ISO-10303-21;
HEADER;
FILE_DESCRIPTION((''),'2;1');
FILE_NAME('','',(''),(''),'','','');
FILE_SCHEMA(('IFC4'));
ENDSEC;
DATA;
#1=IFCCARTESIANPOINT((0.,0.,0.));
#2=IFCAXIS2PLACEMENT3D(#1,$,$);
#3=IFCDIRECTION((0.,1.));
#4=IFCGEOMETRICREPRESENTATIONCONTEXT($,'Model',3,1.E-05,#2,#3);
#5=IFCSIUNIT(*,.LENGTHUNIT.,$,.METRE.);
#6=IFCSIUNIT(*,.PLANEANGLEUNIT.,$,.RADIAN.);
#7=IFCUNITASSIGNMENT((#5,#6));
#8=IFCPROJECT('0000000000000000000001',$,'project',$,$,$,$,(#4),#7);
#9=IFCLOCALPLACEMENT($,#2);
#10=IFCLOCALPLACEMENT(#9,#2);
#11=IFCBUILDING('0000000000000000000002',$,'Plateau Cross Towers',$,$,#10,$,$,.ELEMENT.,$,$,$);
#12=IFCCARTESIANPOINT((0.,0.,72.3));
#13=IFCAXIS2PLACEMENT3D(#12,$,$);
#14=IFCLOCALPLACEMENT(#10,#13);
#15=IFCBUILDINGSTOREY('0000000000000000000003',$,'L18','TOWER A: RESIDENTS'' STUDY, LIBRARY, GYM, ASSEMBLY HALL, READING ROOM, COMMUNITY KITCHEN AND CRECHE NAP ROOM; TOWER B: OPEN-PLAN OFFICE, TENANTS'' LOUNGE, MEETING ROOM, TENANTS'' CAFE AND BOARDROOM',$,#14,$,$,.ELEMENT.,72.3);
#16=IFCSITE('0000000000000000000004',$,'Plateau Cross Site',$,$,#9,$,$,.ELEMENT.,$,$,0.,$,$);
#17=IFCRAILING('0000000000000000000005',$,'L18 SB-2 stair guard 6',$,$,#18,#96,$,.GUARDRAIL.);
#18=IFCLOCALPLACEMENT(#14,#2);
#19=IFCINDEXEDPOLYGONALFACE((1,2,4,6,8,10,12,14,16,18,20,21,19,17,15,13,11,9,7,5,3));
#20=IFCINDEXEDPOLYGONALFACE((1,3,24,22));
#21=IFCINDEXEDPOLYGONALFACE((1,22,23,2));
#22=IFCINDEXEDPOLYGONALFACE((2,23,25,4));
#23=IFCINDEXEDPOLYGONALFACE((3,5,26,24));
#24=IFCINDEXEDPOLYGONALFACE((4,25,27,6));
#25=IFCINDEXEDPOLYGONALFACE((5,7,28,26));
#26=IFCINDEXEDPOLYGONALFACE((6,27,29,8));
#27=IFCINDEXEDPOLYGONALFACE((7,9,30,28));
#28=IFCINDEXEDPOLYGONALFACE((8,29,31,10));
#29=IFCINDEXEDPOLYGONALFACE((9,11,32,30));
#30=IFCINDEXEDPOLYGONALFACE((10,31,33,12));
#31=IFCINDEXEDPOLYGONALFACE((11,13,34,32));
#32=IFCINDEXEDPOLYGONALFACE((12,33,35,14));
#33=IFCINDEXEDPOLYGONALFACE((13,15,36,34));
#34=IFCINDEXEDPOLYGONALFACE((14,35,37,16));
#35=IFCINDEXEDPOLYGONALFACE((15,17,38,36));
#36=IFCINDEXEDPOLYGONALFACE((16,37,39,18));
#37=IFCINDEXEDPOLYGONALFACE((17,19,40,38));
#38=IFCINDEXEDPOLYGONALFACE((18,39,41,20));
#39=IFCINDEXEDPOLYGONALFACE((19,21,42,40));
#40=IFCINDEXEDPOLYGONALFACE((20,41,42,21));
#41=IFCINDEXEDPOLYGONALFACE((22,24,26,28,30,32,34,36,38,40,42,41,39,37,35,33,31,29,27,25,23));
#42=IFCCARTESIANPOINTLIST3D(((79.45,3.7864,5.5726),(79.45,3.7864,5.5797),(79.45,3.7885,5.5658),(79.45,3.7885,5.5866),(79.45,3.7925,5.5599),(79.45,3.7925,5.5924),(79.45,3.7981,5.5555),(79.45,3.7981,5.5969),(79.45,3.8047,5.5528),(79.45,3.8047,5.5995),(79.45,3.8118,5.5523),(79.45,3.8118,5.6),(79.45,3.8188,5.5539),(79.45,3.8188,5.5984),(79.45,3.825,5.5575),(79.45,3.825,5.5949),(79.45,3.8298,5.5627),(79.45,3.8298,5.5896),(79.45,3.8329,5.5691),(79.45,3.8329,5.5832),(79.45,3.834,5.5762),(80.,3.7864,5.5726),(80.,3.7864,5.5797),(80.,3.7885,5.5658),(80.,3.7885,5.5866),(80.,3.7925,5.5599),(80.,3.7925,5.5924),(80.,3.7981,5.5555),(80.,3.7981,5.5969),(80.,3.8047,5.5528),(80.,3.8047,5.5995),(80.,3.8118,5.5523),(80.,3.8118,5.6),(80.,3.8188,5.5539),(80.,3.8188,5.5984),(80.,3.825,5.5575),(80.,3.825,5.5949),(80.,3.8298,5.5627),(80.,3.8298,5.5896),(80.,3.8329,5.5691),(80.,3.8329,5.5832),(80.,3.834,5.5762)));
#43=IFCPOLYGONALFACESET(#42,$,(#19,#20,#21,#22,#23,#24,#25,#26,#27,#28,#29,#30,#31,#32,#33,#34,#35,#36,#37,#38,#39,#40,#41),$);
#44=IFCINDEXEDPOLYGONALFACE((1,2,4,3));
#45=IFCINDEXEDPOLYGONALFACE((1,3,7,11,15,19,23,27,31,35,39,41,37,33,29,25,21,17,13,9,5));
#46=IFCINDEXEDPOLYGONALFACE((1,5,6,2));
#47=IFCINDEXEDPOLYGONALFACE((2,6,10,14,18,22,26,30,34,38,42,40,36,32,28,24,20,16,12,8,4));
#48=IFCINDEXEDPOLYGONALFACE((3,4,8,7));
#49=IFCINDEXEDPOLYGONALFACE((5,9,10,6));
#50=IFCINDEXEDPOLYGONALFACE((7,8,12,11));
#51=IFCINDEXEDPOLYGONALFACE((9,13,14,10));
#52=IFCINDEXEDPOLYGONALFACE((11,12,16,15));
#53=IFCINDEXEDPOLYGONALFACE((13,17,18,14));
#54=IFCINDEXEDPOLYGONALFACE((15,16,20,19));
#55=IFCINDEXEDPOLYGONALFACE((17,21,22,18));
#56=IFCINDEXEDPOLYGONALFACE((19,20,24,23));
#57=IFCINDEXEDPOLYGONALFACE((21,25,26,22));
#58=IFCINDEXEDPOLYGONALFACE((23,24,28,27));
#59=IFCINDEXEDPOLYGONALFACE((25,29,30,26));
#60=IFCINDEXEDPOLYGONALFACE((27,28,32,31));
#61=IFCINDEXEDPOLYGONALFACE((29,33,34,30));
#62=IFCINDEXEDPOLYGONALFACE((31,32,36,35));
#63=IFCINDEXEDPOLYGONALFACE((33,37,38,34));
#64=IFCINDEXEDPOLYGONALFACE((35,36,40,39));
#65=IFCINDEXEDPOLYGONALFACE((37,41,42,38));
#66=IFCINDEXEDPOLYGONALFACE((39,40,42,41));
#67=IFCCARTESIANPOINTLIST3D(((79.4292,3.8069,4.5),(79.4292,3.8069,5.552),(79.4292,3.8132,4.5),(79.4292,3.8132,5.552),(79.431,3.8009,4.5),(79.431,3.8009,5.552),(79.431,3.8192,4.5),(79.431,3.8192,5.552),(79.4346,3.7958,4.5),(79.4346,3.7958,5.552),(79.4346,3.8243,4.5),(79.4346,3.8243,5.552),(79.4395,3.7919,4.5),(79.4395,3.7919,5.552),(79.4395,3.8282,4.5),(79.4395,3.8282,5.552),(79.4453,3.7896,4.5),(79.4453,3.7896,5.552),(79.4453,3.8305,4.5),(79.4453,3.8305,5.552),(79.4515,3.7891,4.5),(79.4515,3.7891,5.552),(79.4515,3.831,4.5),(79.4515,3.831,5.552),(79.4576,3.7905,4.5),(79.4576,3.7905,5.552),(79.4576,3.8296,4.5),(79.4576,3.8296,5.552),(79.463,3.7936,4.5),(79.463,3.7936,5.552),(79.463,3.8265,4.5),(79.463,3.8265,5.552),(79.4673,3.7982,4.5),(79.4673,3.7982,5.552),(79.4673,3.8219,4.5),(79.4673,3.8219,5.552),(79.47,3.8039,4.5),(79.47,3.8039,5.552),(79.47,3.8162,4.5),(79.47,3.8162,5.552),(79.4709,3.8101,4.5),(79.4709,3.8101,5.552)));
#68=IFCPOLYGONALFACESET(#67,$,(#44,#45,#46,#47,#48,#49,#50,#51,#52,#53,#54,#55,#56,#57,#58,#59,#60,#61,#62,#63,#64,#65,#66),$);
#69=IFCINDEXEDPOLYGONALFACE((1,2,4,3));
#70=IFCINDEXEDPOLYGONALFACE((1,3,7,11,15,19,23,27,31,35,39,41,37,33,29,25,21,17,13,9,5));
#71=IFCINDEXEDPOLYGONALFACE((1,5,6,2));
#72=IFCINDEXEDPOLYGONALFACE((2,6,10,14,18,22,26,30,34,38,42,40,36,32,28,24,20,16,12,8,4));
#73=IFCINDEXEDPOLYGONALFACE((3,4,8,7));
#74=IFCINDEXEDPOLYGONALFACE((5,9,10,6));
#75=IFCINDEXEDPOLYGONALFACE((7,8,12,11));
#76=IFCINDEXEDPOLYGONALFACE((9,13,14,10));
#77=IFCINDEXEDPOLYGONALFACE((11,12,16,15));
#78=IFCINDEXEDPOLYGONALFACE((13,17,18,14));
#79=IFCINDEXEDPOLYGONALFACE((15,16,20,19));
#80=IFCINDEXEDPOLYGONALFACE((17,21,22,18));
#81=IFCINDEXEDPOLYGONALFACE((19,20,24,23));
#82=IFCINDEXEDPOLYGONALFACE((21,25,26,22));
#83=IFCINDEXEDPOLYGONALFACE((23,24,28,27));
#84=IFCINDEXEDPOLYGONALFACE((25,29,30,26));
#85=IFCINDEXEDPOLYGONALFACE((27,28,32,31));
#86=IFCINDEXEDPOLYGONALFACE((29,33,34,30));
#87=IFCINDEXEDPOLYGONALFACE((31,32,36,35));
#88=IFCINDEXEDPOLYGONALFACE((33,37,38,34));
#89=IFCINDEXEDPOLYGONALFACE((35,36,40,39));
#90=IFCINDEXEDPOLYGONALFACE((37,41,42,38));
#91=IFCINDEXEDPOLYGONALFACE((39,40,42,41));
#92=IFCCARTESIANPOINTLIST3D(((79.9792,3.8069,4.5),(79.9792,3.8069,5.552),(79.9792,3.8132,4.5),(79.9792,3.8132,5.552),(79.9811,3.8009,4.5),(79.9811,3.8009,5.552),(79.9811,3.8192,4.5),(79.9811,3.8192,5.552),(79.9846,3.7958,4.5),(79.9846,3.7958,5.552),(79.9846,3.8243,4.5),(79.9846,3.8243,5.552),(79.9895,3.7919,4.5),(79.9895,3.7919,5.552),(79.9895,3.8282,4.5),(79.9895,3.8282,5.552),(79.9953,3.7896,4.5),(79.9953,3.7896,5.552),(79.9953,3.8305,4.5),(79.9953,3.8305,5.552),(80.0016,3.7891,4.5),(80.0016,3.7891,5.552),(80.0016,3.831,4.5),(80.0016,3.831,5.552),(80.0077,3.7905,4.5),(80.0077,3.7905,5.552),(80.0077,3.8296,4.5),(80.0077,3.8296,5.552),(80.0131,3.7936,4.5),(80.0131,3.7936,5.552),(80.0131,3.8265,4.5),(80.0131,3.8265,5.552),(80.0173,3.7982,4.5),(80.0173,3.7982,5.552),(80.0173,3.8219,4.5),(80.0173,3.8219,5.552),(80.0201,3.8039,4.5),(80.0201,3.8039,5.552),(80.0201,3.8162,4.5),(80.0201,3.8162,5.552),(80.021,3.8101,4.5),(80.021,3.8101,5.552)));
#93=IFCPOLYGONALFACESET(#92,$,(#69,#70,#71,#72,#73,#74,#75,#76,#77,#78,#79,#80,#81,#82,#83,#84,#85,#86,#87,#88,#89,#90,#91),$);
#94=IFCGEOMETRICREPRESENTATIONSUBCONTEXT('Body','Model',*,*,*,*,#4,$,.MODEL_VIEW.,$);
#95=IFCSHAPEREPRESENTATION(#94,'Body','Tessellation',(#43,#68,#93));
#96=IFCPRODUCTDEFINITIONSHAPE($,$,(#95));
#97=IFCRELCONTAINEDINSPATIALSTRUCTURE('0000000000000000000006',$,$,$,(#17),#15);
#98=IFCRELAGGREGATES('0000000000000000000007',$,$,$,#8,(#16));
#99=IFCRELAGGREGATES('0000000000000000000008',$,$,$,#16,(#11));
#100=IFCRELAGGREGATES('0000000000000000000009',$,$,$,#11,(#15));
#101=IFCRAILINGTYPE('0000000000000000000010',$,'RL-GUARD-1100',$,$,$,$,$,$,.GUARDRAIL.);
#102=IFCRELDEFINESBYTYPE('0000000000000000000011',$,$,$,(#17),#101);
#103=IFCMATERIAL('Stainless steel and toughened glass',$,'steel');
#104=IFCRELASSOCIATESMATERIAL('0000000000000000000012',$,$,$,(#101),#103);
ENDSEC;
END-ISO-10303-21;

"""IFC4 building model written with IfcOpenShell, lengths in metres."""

from ifc_helpers import new_model, si_unit, direction, frame, origin, origin_2d, place, context, subcontext, project, spatial, circle, extrude, material, type_object, element, save


model = new_model("IFC4")

# Units and contexts
model_context = context("Model", 3, precision=1e-05, world=origin(), true_north=direction((0.0, 1.0)))
body_context = subcontext(model_context, "Body", "Model", "MODEL_VIEW")
ifc_project = project(units=[si_unit("LENGTHUNIT", "METRE"), si_unit("PLANEANGLEUNIT", "RADIAN")], contexts=[model_context])

# Site, building, storey
site_placement = place(None, origin())
site = spatial("IfcSite", under=ifc_project, at=site_placement, Name="Plateau Cross Site", CompositionType="ELEMENT", RefElevation=0.0)
building_placement = place(site_placement, origin())
building = spatial("IfcBuilding", under=site, at=building_placement, Name="Plateau Cross Towers", CompositionType="ELEMENT")
storey_placement = place(building_placement, frame((0.0, 0.0, 72.3)))
storey = spatial("IfcBuildingStorey", under=building, at=storey_placement, Name="L18", Description="TOWER A: RESIDENTS' STUDY, LIBRARY, GYM, ASSEMBLY HALL, READING ROOM, COMMUNITY KITCHEN AND CRECHE NAP ROOM; TOWER B: OPEN-PLAN OFFICE, TENANTS' LOUNGE, MEETING ROOM, TENANTS' CAFE AND BOARDROOM", CompositionType="ELEMENT", Elevation=72.3)

# Railing
ifc_material_1 = material(Name="Stainless steel and toughened glass", Category="steel")
railing_type_1 = type_object("IfcRailingType", Name="RL-GUARD-1100", PredefinedType="GUARDRAIL", material=ifc_material_1)
railing_1_placement = place(storey_placement, frame((79.45, 3.8101, 4.5)))
element("IfcRailing", 1, at=railing_1_placement, inside=storey, type_object=railing_type_1, Name="L18 SB-2 stair guard 6", PredefinedType="GUARDRAIL", context=body_context, shape_type="SweptSolid", body=[
    extrude(circle(Radius=0.0239, at=origin_2d()), frame((0.0, 0.0, 1.0762), z_axis=(1.0, 0.0, 0.0), x_axis=(0.0, 1.0, 0.0)), (0.0, 0.0, 1.0), 0.55),
    extrude(circle(Radius=0.021, at=origin_2d()), origin(), (0.0, 0.0, 1.0), 1.052),
    extrude(circle(Radius=0.021, at=origin_2d()), frame((0.55, 0.0, 0.0)), (0.0, 0.0, 1.0), 1.052),
])

save(model, "model.ifc")
